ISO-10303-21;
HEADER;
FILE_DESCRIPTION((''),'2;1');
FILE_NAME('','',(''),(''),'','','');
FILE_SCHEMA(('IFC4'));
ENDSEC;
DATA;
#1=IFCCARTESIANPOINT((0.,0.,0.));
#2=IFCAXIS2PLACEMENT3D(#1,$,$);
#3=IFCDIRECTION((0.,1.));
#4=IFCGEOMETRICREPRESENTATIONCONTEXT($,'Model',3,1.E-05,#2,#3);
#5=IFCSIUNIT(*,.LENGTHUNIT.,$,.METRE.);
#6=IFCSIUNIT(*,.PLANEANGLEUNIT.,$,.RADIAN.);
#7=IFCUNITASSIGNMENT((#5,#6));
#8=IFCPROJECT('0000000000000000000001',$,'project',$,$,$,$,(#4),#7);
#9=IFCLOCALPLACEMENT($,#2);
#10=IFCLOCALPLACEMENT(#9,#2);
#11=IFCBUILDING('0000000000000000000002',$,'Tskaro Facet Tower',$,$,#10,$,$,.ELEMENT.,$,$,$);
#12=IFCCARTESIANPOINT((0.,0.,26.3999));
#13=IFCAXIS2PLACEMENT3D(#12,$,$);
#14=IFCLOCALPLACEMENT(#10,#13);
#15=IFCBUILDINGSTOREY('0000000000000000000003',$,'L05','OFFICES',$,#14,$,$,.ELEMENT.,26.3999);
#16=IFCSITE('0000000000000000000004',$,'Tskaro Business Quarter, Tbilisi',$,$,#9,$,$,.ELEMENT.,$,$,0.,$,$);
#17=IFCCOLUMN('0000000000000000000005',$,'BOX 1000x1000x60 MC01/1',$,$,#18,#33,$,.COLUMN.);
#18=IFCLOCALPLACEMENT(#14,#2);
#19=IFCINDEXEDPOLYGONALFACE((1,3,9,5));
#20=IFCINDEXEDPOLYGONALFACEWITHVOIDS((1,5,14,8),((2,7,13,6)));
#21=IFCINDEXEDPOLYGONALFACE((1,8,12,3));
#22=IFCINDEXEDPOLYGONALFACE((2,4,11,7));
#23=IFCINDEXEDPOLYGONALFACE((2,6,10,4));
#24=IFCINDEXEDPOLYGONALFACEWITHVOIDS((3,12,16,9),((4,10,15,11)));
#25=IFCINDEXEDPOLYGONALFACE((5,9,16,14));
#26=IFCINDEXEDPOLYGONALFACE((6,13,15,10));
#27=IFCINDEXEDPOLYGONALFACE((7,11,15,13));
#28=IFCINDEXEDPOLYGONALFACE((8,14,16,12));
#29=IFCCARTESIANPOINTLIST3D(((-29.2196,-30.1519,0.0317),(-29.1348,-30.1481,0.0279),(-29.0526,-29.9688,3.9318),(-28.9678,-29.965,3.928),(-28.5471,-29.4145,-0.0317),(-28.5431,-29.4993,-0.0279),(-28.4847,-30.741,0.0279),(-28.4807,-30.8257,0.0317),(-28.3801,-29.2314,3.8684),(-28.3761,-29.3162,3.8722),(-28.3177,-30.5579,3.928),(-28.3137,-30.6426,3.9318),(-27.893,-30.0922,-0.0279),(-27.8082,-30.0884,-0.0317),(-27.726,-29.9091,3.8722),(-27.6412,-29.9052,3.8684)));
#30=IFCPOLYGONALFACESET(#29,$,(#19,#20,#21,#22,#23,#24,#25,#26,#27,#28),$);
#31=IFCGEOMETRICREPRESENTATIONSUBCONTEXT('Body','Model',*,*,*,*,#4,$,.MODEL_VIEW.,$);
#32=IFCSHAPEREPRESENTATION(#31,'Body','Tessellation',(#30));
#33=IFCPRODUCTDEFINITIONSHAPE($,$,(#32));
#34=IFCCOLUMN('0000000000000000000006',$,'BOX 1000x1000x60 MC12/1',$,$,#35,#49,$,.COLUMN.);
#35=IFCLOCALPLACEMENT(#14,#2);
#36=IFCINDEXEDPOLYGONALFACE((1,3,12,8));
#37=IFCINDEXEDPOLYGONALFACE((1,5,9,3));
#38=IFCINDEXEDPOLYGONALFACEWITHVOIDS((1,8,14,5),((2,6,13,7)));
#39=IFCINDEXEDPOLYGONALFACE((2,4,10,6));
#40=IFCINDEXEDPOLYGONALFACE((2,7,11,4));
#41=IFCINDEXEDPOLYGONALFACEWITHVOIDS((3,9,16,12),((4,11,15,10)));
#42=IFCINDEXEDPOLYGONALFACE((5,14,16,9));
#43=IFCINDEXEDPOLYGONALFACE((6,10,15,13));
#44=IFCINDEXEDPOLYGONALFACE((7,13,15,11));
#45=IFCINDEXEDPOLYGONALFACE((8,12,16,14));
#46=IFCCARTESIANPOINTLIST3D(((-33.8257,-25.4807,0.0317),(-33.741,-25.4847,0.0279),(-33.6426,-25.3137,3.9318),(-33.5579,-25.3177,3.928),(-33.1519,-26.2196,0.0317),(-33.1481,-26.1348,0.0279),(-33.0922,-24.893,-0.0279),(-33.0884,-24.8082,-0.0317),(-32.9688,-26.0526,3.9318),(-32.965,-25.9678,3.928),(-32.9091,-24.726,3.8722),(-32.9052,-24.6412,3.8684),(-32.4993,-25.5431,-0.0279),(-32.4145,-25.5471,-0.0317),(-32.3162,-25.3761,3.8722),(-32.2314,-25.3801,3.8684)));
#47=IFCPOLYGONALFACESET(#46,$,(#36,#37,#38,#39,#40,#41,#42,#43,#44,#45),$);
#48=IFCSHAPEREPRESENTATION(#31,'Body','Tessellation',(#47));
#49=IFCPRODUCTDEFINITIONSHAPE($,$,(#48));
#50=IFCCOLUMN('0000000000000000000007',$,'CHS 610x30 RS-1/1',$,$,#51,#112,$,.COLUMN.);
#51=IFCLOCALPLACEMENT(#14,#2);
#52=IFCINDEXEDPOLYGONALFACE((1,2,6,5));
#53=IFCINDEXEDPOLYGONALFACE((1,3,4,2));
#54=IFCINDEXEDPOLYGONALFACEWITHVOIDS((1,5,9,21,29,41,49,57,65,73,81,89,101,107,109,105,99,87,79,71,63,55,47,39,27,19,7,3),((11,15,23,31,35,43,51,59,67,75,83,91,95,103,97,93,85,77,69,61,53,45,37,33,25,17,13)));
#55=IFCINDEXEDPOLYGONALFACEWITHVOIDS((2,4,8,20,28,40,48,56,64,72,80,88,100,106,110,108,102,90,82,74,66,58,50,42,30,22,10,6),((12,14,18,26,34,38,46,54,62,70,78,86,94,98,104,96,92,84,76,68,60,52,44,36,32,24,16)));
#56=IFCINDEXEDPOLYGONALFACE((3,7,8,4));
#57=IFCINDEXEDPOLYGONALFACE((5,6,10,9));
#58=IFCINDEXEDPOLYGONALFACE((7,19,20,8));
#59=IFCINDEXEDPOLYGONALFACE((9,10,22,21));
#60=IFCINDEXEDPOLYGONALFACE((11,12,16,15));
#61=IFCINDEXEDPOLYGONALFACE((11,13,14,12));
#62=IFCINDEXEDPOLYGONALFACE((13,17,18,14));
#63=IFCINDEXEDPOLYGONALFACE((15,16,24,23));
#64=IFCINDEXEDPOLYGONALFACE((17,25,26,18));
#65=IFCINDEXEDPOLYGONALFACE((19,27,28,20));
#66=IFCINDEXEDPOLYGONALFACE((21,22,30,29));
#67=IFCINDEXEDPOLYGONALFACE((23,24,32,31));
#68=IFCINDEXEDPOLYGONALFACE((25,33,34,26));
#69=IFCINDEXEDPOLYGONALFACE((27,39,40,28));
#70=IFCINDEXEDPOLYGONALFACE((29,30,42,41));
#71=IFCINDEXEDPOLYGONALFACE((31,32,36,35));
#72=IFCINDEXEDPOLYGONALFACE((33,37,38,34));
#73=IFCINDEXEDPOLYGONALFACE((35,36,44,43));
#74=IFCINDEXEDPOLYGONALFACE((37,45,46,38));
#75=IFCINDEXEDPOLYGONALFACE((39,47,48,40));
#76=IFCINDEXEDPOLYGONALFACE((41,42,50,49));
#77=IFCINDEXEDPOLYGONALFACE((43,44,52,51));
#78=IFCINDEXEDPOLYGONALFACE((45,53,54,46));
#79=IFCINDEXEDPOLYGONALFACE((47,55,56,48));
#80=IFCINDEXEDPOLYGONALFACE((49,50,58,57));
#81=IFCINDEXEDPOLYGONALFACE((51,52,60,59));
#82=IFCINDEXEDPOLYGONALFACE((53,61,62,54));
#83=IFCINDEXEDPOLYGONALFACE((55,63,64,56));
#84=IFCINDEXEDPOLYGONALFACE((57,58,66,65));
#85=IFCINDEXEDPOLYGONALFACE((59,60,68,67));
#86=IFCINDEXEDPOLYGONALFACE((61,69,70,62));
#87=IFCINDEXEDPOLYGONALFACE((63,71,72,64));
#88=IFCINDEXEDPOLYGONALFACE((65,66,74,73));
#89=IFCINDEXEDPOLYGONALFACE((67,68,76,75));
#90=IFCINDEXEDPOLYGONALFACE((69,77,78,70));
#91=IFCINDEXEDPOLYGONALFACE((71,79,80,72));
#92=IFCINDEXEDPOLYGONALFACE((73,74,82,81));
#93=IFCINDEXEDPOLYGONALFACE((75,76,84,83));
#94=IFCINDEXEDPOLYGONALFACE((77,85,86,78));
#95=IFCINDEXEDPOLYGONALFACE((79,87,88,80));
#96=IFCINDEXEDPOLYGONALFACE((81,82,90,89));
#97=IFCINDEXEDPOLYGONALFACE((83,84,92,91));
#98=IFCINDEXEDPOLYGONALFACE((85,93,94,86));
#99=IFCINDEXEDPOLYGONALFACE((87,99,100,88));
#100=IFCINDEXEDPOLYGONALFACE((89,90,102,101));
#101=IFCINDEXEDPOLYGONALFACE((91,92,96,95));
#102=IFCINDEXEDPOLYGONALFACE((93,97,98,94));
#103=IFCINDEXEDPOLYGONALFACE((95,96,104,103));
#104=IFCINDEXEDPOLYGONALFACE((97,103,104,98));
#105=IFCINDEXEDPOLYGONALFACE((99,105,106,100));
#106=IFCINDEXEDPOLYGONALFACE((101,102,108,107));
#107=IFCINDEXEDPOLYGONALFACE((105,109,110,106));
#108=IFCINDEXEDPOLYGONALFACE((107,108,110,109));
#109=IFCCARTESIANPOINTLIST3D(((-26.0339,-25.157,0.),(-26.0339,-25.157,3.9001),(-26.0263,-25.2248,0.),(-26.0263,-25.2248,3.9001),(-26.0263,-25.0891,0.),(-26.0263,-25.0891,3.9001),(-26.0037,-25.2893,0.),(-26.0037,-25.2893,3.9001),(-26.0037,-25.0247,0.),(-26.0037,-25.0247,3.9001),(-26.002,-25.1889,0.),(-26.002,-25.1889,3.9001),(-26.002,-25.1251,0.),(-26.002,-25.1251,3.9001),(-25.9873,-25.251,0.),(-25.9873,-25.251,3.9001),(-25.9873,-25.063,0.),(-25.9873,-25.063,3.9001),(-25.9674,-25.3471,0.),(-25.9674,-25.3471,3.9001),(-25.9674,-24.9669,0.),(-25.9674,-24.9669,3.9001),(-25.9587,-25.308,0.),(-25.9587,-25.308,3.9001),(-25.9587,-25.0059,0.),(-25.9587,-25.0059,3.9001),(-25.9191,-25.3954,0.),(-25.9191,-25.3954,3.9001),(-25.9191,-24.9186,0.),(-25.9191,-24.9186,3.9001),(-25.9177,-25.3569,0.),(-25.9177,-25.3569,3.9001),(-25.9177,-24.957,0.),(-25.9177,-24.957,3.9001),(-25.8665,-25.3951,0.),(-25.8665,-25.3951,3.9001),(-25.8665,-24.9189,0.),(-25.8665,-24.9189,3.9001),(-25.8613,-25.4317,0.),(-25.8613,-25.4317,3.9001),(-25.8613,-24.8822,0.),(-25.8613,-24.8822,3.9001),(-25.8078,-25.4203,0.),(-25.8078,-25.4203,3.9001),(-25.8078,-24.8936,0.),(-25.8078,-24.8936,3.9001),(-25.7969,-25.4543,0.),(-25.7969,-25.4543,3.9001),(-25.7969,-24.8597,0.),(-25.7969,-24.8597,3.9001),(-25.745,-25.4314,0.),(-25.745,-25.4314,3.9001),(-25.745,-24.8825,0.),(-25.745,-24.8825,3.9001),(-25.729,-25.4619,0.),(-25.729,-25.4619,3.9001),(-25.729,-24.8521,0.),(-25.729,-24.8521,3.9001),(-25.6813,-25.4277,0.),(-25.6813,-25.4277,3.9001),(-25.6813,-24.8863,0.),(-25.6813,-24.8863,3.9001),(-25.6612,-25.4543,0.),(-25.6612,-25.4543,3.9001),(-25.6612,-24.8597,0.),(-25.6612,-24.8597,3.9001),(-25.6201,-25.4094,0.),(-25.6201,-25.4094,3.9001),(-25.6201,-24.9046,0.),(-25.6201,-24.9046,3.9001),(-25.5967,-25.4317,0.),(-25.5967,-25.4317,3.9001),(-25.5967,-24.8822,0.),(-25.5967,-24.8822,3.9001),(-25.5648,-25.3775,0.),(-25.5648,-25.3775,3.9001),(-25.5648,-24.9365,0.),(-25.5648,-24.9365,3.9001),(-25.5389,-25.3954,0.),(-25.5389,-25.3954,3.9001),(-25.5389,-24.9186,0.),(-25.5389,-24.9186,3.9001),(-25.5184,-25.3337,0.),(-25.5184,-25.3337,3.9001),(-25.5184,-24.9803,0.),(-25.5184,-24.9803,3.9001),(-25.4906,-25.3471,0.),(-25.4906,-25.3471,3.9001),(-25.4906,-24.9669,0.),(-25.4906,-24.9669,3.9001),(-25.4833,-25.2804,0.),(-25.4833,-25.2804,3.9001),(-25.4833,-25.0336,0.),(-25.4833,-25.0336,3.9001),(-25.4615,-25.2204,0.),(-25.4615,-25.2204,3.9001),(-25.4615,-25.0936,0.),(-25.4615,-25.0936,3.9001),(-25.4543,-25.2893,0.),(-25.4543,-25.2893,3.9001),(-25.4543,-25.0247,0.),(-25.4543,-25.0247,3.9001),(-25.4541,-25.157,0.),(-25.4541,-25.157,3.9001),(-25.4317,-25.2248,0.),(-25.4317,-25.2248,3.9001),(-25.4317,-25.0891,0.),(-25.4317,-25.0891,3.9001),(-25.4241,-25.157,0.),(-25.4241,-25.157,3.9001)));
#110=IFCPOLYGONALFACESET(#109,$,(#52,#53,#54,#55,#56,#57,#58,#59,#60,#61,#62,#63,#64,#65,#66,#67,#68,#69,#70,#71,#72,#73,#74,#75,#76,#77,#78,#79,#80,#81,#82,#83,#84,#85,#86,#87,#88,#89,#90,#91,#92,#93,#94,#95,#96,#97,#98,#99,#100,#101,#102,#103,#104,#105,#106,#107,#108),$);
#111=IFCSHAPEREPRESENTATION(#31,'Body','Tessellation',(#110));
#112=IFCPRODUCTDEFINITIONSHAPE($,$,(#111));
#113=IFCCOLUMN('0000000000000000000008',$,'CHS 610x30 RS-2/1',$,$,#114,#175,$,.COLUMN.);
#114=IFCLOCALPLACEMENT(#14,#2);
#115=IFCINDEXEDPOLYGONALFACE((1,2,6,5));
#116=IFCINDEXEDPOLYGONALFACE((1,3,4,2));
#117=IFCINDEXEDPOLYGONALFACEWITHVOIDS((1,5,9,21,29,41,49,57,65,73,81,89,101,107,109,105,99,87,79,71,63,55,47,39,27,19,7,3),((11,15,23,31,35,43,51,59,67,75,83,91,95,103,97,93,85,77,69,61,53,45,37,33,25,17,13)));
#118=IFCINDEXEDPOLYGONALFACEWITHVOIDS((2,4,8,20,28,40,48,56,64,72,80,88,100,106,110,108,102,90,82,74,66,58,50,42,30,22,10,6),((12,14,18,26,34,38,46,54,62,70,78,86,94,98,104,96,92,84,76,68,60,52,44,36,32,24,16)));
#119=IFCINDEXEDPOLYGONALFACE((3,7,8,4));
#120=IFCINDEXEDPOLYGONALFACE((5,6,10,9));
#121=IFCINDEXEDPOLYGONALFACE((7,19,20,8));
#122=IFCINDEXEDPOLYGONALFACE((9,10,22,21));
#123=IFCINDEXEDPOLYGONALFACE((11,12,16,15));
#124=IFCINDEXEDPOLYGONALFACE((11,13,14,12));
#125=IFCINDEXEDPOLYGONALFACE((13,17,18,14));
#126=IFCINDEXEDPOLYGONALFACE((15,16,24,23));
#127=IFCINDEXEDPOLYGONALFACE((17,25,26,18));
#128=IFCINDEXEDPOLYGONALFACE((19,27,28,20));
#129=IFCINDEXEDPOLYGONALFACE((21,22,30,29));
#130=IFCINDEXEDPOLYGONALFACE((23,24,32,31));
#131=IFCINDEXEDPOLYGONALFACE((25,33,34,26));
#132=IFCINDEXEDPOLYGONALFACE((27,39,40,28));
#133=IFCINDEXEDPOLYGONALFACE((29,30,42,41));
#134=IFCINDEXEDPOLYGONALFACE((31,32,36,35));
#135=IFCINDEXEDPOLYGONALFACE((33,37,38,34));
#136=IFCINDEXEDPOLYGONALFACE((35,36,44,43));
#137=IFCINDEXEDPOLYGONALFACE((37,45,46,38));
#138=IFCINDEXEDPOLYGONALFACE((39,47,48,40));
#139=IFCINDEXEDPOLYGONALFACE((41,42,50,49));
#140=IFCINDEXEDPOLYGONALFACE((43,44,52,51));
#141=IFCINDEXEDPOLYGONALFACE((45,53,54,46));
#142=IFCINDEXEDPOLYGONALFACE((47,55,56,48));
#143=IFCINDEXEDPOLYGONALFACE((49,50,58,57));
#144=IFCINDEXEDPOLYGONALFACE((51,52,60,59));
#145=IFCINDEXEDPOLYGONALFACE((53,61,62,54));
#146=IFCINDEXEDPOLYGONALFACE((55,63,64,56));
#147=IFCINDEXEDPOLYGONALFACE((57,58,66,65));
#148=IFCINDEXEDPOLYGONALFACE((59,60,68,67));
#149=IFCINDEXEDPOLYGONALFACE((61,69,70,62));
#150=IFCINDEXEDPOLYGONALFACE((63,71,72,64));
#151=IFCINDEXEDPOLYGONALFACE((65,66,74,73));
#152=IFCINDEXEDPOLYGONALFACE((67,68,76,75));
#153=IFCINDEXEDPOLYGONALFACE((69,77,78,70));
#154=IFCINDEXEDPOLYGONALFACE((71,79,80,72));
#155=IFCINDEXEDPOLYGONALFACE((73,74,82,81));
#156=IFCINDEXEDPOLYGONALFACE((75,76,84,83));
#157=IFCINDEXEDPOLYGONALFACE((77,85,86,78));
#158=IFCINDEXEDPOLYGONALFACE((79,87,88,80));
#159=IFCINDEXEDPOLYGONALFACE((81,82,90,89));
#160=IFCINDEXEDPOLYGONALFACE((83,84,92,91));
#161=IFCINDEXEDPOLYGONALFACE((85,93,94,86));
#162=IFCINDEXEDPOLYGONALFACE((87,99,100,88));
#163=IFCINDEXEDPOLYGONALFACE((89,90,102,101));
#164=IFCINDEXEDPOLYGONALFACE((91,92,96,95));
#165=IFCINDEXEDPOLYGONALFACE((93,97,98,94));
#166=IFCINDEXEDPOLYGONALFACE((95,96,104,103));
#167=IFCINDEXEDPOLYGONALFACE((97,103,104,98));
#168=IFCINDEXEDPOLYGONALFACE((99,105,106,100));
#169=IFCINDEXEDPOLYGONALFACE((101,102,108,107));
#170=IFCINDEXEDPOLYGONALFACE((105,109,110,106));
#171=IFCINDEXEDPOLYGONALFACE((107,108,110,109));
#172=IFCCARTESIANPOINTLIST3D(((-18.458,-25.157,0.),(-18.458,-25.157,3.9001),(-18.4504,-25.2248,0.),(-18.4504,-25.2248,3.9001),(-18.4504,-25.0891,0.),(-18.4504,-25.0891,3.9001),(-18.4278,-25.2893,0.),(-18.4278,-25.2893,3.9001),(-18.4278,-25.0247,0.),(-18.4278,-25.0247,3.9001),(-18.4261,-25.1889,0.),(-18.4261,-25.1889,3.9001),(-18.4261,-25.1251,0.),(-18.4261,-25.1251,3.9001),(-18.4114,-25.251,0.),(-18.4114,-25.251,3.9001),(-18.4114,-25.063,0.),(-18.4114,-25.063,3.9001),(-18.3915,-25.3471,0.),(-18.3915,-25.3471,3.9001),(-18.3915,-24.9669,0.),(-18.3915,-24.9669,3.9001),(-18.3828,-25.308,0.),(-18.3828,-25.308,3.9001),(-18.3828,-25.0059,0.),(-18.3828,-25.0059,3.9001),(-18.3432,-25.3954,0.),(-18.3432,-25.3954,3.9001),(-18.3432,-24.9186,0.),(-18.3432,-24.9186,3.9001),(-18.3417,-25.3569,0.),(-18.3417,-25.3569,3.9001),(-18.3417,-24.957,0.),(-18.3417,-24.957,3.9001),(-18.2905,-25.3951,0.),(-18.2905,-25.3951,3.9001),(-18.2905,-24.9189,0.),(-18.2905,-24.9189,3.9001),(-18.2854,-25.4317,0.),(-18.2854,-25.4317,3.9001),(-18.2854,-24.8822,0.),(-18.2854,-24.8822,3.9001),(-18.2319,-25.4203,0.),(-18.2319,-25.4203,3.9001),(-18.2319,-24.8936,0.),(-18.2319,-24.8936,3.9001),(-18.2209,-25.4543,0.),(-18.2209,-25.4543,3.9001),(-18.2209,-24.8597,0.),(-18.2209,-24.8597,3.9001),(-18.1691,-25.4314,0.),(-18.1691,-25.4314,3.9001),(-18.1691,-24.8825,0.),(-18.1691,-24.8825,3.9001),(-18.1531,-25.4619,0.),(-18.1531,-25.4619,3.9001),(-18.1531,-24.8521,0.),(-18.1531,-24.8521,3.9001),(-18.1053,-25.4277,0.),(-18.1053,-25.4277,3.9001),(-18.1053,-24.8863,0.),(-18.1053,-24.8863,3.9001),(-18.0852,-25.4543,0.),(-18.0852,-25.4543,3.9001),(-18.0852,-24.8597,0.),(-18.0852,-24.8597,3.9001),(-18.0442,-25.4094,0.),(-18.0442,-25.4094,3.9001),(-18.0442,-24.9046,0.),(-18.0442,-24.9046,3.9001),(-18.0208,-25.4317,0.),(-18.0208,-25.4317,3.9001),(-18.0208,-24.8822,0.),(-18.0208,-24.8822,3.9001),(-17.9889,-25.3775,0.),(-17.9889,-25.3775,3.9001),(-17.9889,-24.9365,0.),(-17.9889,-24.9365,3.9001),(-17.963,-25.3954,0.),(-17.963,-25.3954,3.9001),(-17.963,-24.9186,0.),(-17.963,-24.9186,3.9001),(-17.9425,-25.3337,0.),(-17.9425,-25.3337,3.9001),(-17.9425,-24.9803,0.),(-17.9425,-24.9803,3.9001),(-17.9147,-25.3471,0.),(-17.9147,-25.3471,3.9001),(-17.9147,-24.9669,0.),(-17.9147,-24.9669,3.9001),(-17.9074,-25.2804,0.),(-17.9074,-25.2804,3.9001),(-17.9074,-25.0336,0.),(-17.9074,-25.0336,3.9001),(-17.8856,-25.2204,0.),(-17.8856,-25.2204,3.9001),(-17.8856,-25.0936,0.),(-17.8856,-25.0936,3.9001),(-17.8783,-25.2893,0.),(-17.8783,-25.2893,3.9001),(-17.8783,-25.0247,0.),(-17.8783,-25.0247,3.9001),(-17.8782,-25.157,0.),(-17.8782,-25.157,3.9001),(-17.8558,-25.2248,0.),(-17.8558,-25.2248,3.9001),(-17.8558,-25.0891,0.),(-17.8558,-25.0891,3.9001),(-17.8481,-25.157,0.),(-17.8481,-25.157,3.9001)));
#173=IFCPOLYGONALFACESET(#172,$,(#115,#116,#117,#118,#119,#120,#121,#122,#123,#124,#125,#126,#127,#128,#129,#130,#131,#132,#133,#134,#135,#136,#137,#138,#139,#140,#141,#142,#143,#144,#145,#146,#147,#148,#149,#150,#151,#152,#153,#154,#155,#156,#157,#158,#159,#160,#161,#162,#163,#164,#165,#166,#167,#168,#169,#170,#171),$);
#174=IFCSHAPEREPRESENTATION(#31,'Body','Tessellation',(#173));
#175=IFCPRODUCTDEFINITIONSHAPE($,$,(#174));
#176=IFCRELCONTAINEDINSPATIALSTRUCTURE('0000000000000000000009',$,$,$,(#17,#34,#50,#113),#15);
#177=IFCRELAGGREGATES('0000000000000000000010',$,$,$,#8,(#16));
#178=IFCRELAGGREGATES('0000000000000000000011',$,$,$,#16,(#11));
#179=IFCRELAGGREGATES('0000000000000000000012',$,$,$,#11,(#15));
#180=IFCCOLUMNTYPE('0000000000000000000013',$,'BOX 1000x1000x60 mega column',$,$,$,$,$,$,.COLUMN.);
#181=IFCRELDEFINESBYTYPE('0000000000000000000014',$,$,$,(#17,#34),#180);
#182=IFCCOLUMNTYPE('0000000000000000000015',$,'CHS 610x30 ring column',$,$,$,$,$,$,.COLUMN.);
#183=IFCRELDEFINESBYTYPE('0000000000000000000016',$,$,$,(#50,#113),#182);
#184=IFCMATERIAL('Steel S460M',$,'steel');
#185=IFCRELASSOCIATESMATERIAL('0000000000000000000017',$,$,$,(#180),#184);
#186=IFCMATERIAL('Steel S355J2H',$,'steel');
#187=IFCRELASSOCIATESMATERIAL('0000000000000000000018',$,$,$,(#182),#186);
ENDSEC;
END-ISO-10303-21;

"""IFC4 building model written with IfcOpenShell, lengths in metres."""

from ifc_helpers import new_model, si_unit, direction, frame, origin, origin_2d, place, context, subcontext, project, spatial, hollow_rectangle, hollow_circle, extrude, material, material_profile, profile_set, type_object, element, save


model = new_model("IFC4")

# Units and contexts
model_context = context("Model", 3, precision=1e-05, world=origin(), true_north=direction((0.0, 1.0)))
body_context = subcontext(model_context, "Body", "Model", "MODEL_VIEW")
ifc_project = project(units=[si_unit("LENGTHUNIT", "METRE"), si_unit("PLANEANGLEUNIT", "RADIAN")], contexts=[model_context])

# Site, building, storey
site_placement = place(None, origin())
site = spatial("IfcSite", under=ifc_project, at=site_placement, Name="Tskaro Business Quarter, Tbilisi", CompositionType="ELEMENT", RefElevation=0.0)
building_placement = place(site_placement, origin())
building = spatial("IfcBuilding", under=site, at=building_placement, Name="Tskaro Facet Tower", CompositionType="ELEMENT")
storey_placement = place(building_placement, frame((0.0, 0.0, 26.3999)))
storey = spatial("IfcBuildingStorey", under=building, at=storey_placement, Name="L05", Description="OFFICES", CompositionType="ELEMENT", Elevation=26.3999)

# Columns
ifc_material_1 = material(Name="Steel S460M", Category="steel")
ifc_material_profile_1 = material_profile(ifc_material_1, hollow_rectangle(XDim=1.0, YDim=1.0, WallThickness=0.0601, at=origin_2d()), Name="BOX 1000x1000x60")
ifc_profile_set_1 = profile_set([ifc_material_profile_1], Name="Steel S460M")
column_type_1 = type_object("IfcColumnType", Name="BOX 1000x1000x60 mega column", PredefinedType="COLUMN", material=ifc_profile_set_1)
for number, where, z_axis, x_axis, name in (
    (1, (-28.5139, -30.1201, 0.0), (0.042731, 0.046854, 0.997987), (-0.738869, 0.673849, 0.0), "BOX 1000x1000x60 MC01/1"),
    (2, (-33.1201, -25.5139, 0.0), (0.046854, 0.042731, 0.997987), (-0.673849, 0.738869, 0.0), "BOX 1000x1000x60 MC12/1"),
):
    element("IfcColumn", number, at=place(storey_placement, frame(where, z_axis=z_axis, x_axis=x_axis)), inside=storey, type_object=column_type_1, Name=name, PredefinedType="COLUMN", context=body_context, shape_type="SweptSolid", body=[
        extrude(hollow_rectangle(XDim=1.0, YDim=1.0, WallThickness=0.0601, at=origin_2d()), origin(), (0.0, 0.0, 1.0), 3.908),
    ])
ifc_material_2 = material(Name="Steel S355J2H", Category="steel")
ifc_material_profile_2 = material_profile(ifc_material_2, hollow_circle(Radius=0.3049, WallThickness=0.03, at=origin_2d()), Name="CHS 610x30")
ifc_profile_set_2 = profile_set([ifc_material_profile_2], Name="Steel S355J2H")
column_type_2 = type_object("IfcColumnType", Name="CHS 610x30 ring column", PredefinedType="COLUMN", material=ifc_profile_set_2)
for number, where, z_axis, x_axis, name in (
    (3, (-25.729, -25.157, 0.0), (0.0, 0.0, 1.0), (1.0, 0.0, 0.0), "CHS 610x30 RS-1/1"),
    (4, (-18.1531, -25.157, 0.0), (0.0, 0.0, 1.0), (1.0, 0.0, 0.0), "CHS 610x30 RS-2/1"),
):
    element("IfcColumn", number, at=place(storey_placement, frame(where, z_axis=z_axis, x_axis=x_axis)), inside=storey, type_object=column_type_2, Name=name, PredefinedType="COLUMN", context=body_context, shape_type="SweptSolid", body=[
        extrude(hollow_circle(Radius=0.3049, WallThickness=0.03, at=origin_2d()), origin(), (0.0, 0.0, 1.0), 3.9001),
    ])

save(model, "model.ifc")
